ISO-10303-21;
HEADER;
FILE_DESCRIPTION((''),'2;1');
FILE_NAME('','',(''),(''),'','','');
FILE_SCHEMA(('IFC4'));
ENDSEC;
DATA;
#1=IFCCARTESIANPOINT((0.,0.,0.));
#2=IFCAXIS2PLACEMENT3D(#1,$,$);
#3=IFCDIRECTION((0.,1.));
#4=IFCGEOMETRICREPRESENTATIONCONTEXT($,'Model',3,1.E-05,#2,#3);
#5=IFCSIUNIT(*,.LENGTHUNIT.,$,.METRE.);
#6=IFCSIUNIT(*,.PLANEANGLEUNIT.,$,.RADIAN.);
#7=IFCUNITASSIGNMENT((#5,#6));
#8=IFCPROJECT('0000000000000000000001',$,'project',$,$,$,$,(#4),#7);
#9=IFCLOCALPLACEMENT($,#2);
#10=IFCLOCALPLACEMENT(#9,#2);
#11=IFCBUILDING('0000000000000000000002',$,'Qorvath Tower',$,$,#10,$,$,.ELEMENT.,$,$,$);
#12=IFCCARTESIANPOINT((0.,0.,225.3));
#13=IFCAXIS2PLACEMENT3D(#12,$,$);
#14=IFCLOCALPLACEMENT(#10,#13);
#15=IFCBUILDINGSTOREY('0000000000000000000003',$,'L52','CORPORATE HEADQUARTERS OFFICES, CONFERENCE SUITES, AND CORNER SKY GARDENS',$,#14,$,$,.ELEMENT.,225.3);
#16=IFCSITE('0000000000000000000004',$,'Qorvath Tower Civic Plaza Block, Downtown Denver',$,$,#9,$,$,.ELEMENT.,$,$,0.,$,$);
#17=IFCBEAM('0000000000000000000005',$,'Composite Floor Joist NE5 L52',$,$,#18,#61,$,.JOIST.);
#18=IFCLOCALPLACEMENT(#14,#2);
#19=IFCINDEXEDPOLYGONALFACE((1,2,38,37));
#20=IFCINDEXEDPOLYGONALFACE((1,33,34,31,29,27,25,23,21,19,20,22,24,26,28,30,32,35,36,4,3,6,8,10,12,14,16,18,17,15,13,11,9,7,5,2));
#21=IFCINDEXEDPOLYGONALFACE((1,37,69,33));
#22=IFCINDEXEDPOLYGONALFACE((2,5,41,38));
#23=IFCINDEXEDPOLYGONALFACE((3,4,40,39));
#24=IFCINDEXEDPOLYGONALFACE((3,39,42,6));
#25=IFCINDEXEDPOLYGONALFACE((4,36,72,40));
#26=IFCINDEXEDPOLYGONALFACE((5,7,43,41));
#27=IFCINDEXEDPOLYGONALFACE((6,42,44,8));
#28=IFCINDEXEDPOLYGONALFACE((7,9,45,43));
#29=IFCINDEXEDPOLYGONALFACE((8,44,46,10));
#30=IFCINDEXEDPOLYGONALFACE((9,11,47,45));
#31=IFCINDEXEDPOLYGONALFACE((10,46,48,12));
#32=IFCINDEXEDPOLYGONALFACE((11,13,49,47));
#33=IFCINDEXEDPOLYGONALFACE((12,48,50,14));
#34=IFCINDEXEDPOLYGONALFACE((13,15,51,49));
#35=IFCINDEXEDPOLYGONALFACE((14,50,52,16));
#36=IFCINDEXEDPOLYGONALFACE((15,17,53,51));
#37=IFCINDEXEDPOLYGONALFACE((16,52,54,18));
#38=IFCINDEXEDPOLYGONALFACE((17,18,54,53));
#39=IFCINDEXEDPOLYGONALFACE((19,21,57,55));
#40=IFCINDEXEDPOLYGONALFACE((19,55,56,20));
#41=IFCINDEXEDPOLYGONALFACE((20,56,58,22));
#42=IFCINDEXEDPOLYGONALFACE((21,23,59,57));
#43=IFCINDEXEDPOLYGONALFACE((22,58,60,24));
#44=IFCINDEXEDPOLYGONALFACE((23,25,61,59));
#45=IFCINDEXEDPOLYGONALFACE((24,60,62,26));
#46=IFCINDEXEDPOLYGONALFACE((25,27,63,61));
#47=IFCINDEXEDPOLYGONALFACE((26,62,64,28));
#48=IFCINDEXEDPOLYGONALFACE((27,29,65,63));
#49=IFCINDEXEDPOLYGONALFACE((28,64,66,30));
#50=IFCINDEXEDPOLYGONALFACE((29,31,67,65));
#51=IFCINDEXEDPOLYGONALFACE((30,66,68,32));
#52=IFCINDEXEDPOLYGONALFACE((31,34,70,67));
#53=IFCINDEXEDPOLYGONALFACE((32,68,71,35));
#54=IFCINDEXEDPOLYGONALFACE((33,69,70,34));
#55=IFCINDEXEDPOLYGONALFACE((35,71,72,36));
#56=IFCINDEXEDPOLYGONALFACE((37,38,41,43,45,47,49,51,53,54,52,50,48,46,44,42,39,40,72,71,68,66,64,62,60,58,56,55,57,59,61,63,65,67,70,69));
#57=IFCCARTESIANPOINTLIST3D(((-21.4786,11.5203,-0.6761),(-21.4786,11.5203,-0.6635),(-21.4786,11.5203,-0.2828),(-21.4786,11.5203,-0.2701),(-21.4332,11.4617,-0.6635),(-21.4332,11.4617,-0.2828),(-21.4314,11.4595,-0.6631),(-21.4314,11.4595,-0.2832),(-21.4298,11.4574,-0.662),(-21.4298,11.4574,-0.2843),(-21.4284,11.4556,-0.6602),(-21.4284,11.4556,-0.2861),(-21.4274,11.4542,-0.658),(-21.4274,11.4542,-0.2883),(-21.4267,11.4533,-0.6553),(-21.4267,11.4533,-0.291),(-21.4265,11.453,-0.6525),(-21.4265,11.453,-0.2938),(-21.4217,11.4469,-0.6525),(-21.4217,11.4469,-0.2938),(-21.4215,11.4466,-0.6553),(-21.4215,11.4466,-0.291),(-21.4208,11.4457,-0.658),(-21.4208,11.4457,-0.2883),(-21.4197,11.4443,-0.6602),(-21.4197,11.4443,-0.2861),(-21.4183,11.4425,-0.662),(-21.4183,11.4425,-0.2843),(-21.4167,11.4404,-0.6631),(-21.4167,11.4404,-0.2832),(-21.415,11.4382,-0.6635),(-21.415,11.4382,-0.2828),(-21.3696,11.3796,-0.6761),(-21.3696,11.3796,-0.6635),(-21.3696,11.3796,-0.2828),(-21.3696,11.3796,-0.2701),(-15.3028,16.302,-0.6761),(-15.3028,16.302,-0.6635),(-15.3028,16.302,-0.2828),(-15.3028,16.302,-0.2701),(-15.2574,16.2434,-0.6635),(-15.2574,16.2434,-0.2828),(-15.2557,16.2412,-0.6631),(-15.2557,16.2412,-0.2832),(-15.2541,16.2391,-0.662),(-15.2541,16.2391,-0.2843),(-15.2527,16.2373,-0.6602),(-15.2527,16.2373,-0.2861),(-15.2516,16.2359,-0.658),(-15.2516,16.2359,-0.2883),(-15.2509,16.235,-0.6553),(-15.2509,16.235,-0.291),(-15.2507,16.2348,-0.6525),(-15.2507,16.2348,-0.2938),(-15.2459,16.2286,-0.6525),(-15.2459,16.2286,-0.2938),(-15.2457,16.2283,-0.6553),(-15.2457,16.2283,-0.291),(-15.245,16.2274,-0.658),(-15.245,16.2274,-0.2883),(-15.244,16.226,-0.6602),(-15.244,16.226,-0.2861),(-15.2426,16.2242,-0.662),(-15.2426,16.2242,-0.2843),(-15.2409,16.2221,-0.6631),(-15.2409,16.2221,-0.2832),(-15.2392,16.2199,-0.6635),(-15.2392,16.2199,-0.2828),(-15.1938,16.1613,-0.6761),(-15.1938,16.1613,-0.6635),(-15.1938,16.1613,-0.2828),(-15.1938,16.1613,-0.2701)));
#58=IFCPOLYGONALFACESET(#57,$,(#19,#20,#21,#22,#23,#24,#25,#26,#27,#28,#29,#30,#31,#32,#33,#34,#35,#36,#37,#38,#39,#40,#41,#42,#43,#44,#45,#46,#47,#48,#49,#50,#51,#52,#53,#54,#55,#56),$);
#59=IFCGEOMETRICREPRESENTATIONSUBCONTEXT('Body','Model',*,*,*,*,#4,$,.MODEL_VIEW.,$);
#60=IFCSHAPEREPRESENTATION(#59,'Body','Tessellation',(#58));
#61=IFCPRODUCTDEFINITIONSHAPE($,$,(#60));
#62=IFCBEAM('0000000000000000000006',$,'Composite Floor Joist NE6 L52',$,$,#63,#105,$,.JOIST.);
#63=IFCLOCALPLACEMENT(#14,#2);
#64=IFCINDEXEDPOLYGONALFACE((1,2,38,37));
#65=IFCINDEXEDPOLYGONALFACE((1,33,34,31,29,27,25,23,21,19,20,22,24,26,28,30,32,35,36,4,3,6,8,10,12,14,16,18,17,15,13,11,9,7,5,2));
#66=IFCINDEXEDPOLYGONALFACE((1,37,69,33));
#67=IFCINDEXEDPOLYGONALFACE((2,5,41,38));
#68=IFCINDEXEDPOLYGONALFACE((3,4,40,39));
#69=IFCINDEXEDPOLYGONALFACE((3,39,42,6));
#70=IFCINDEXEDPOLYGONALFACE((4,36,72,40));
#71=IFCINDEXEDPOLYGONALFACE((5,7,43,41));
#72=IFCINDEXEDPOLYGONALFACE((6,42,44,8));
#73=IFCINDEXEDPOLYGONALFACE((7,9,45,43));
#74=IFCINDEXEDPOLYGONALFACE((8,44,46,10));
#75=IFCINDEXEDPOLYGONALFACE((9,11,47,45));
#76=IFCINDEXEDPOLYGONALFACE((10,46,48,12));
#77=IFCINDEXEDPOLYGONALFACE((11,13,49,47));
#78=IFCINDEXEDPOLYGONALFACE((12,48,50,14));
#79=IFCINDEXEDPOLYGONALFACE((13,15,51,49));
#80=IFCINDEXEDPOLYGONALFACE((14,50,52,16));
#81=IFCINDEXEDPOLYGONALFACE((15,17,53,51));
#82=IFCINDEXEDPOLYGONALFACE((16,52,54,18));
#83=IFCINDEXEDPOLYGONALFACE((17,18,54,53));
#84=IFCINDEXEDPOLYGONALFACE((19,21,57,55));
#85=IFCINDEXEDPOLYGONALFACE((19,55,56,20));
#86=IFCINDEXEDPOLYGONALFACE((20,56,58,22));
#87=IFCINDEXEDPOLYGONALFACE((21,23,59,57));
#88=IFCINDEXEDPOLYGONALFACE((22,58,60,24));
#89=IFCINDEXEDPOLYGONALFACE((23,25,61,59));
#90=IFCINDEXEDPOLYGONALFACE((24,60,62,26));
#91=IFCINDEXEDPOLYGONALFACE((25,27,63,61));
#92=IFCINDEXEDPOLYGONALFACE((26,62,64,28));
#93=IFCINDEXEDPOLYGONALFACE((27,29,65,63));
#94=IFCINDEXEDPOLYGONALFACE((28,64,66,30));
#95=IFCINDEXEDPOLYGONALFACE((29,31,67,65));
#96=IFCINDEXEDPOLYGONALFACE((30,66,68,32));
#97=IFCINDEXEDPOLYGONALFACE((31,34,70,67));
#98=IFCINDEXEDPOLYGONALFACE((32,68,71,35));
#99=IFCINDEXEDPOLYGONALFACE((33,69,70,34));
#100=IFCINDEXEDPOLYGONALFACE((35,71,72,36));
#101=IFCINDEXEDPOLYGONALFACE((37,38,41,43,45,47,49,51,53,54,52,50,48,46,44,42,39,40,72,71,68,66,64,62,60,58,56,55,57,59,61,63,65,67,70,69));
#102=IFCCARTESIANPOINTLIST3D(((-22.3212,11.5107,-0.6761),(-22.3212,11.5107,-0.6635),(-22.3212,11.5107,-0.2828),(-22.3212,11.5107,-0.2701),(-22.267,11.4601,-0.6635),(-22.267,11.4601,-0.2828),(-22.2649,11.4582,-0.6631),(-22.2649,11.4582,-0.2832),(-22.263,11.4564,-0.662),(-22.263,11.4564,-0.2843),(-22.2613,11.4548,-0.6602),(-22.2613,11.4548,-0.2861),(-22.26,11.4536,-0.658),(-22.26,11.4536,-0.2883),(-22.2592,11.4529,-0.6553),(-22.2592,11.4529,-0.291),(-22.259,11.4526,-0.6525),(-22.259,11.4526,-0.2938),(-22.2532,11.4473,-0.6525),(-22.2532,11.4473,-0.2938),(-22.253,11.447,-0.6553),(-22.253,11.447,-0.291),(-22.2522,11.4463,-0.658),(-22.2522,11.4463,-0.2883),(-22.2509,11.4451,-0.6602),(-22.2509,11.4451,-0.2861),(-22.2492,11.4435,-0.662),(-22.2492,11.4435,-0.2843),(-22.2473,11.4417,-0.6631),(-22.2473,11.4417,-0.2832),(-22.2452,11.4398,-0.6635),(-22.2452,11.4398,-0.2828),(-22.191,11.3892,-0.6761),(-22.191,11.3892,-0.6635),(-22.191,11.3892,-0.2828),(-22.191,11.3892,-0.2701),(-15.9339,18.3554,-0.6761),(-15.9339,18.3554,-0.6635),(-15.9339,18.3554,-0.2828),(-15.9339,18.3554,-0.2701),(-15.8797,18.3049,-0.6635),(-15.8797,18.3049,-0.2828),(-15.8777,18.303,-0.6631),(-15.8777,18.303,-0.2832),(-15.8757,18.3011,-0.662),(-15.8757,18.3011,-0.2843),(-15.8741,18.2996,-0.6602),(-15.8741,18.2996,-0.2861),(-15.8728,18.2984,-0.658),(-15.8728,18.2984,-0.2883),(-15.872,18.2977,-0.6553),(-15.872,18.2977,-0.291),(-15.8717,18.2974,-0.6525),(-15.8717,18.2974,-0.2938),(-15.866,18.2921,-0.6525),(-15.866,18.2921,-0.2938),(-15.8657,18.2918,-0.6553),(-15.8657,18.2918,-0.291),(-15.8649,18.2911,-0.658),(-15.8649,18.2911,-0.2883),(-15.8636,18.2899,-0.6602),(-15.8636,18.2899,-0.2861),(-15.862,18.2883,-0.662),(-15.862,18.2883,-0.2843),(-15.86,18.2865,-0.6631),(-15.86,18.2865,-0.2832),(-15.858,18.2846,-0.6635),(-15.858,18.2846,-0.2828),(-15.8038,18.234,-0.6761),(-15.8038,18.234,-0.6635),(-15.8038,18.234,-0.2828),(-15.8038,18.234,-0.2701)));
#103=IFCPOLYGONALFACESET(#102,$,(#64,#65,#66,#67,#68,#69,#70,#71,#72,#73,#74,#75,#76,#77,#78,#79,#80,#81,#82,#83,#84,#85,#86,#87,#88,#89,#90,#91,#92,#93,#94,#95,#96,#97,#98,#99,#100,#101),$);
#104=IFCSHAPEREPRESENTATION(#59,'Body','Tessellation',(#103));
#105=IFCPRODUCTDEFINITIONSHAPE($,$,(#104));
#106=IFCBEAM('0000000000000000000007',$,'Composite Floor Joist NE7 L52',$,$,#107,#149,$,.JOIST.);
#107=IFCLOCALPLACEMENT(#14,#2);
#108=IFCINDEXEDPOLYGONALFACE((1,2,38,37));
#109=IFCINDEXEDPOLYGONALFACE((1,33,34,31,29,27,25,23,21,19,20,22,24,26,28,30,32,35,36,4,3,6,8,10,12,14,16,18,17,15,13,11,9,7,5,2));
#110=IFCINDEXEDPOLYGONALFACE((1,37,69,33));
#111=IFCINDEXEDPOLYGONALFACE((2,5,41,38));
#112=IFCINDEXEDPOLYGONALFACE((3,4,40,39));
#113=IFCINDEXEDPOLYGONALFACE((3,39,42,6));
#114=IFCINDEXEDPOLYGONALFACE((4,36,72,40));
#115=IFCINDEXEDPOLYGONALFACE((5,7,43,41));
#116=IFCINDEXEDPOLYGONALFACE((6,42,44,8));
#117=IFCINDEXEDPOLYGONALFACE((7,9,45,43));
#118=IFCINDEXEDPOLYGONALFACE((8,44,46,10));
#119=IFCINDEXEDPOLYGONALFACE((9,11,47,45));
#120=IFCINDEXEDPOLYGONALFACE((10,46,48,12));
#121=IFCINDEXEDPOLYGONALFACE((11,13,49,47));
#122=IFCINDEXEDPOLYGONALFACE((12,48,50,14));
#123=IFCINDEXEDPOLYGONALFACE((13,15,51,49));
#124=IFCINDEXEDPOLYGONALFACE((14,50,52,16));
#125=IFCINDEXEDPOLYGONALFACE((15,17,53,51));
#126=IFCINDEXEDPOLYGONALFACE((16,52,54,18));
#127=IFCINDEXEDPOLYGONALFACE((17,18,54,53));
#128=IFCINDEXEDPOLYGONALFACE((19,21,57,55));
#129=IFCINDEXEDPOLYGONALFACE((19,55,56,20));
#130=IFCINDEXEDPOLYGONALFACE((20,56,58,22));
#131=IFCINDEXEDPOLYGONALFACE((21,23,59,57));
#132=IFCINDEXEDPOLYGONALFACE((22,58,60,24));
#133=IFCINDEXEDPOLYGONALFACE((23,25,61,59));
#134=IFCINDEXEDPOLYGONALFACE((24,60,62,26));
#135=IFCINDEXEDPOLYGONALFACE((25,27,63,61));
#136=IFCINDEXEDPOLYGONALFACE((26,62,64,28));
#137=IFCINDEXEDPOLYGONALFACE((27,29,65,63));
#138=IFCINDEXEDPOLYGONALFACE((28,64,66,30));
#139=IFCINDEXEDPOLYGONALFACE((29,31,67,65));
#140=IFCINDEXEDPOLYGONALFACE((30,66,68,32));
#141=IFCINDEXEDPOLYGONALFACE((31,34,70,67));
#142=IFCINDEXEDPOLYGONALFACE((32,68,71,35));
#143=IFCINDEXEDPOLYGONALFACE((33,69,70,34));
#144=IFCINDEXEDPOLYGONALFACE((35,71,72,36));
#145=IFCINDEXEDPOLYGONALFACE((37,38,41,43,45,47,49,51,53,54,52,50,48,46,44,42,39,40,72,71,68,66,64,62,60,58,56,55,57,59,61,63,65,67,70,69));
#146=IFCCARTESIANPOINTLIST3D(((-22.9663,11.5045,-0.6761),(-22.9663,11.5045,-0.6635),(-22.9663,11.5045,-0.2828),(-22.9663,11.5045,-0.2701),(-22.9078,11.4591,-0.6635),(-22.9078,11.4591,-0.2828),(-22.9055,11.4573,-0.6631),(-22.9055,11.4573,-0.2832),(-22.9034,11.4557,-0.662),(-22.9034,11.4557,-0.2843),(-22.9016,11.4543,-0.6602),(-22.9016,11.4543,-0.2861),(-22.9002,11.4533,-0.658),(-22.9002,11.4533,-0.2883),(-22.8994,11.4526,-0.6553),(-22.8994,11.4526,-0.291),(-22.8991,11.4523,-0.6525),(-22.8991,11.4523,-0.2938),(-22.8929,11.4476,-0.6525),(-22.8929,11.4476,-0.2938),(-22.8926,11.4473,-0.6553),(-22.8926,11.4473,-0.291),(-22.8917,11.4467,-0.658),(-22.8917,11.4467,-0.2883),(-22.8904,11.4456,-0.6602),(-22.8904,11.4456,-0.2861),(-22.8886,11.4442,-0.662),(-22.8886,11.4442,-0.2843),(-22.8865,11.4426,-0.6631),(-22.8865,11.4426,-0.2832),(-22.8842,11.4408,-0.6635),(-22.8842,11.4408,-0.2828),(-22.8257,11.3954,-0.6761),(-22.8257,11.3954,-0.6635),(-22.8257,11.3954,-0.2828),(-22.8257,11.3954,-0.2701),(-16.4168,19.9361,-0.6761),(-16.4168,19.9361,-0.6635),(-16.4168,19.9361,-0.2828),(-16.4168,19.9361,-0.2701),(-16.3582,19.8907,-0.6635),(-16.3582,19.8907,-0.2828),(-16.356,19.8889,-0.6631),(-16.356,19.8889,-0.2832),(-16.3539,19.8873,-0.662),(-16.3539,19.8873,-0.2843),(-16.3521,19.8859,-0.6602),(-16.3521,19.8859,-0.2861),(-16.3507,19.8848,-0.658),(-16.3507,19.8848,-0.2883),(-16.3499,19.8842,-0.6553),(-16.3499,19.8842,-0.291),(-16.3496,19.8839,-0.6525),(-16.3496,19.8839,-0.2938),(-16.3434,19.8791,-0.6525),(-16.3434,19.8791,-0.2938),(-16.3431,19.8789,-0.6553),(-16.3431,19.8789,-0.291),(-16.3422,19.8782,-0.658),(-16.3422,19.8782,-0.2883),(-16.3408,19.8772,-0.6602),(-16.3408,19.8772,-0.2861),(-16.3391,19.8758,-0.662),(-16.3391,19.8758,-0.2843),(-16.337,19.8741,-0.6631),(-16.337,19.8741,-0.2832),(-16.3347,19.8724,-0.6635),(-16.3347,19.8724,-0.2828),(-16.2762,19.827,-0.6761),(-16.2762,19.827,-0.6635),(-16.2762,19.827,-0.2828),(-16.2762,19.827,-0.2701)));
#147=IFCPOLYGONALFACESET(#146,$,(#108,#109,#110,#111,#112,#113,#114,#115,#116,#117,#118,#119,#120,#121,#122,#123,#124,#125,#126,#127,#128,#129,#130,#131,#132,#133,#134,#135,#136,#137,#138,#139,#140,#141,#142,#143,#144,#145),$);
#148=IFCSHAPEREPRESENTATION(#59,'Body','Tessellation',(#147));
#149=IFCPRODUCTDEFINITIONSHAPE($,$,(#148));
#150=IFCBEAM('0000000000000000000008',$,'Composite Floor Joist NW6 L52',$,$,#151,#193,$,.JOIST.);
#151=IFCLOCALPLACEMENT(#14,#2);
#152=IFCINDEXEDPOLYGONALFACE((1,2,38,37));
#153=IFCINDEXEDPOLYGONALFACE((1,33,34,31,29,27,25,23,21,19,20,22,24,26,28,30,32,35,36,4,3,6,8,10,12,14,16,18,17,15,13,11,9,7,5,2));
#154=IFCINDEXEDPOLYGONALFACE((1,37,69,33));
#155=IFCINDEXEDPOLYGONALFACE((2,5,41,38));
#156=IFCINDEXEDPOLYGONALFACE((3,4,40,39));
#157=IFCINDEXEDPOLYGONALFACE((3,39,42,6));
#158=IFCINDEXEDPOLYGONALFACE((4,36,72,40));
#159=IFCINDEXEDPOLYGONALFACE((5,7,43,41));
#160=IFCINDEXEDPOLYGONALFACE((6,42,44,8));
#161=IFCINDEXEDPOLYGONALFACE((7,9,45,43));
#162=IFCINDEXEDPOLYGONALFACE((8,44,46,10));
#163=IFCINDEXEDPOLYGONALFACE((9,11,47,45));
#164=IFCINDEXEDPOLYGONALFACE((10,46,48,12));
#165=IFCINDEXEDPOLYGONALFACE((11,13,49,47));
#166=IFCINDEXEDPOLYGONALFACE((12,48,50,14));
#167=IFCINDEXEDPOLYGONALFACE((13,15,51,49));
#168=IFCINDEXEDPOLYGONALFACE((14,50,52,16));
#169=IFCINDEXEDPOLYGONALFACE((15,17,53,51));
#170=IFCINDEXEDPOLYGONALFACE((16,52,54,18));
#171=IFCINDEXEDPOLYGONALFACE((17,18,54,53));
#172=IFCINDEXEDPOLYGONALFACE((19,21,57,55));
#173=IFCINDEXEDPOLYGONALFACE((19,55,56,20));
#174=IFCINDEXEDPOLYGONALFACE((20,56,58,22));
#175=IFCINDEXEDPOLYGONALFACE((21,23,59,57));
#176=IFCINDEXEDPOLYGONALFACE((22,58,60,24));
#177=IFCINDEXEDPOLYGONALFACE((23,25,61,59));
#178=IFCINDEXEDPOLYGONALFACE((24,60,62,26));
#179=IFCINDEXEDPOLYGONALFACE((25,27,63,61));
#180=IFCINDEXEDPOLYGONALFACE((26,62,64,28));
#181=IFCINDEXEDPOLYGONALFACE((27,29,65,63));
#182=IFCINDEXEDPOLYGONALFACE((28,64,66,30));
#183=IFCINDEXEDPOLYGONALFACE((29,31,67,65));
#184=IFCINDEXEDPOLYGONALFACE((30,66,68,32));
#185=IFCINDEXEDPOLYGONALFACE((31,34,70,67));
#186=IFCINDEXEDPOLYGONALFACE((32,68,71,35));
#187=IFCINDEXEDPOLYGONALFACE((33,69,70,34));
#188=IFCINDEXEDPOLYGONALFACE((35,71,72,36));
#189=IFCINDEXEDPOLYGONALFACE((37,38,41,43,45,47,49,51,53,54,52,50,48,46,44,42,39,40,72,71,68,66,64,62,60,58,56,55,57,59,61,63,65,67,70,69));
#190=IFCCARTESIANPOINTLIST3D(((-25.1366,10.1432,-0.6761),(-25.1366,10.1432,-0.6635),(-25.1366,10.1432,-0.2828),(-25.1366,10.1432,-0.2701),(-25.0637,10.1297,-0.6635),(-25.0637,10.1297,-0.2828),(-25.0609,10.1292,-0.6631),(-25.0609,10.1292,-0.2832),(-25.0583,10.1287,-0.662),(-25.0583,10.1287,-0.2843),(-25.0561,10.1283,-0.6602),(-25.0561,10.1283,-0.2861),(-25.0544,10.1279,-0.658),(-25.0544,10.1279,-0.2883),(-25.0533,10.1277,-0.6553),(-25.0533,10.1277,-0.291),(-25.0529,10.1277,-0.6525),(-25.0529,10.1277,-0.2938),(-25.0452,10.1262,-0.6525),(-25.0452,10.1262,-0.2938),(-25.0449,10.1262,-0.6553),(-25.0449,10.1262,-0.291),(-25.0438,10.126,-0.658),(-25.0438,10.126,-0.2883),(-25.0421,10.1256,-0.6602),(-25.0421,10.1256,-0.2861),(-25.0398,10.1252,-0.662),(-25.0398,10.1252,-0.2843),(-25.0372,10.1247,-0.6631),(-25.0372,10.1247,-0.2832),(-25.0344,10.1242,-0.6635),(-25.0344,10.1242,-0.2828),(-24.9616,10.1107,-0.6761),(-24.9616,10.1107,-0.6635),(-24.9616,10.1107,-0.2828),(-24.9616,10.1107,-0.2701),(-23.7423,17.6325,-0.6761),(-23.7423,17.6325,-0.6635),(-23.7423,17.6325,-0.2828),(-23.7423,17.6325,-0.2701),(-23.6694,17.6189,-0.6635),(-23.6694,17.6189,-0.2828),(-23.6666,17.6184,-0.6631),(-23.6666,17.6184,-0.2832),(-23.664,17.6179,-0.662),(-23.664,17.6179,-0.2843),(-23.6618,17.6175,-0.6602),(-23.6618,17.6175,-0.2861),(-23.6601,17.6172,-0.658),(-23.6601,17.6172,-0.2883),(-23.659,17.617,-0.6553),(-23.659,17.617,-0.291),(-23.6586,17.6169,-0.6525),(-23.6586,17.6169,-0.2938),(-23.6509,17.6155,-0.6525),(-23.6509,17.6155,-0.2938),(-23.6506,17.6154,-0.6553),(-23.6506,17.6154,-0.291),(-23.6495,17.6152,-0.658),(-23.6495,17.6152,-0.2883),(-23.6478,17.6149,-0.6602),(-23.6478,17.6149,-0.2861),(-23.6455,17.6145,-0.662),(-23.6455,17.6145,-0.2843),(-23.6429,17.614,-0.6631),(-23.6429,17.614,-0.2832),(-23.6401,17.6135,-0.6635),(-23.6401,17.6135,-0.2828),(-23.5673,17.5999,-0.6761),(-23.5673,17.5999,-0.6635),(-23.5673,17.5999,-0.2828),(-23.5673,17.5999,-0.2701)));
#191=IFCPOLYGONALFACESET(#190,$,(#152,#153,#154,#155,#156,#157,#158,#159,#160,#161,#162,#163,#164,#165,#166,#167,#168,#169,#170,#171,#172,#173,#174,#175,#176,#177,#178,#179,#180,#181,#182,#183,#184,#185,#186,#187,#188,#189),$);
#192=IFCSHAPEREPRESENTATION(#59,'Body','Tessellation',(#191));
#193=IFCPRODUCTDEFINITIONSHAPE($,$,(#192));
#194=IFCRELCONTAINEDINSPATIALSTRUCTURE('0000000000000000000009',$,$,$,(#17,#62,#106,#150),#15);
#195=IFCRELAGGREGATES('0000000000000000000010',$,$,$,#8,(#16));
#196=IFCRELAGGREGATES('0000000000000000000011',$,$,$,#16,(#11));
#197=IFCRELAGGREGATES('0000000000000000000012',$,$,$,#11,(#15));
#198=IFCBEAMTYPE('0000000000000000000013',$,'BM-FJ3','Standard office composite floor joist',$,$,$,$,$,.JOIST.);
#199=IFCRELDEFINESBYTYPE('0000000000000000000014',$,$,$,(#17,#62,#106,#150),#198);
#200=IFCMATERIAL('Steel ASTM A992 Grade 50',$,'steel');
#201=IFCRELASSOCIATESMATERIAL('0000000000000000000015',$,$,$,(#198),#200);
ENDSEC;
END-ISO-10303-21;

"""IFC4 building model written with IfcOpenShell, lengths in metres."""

from ifc_helpers import new_model, si_unit, direction, frame, origin, origin_2d, place, context, subcontext, project, spatial, i_section, extrude, material, material_profile, profile_set, type_object, element, save


model = new_model("IFC4")

# Units and contexts
model_context = context("Model", 3, precision=1e-05, world=origin(), true_north=direction((0.0, 1.0)))
body_context = subcontext(model_context, "Body", "Model", "MODEL_VIEW")
ifc_project = project(units=[si_unit("LENGTHUNIT", "METRE"), si_unit("PLANEANGLEUNIT", "RADIAN")], contexts=[model_context])

# Site, building, storey
site_placement = place(None, origin())
site = spatial("IfcSite", under=ifc_project, at=site_placement, Name="Qorvath Tower Civic Plaza Block, Downtown Denver", CompositionType="ELEMENT", RefElevation=0.0)
building_placement = place(site_placement, origin())
building = spatial("IfcBuilding", under=site, at=building_placement, Name="Qorvath Tower", CompositionType="ELEMENT")
storey_placement = place(building_placement, frame((0.0, 0.0, 225.3)))
storey = spatial("IfcBuildingStorey", under=building, at=storey_placement, Name="L52", Description="CORPORATE HEADQUARTERS OFFICES, CONFERENCE SUITES, AND CORNER SKY GARDENS", CompositionType="ELEMENT", Elevation=225.3)

# Beams
ifc_material_1 = material(Name="Steel ASTM A992 Grade 50", Category="steel")
ifc_material_profile_1 = material_profile(ifc_material_1, i_section(OverallWidth=0.178, OverallDepth=0.406, WebThickness=0.0078, FlangeThickness=0.0127, FilletRadius=0.011, at=origin_2d()), Name="W16x40")
ifc_profile_set_1 = profile_set([ifc_material_profile_1], Name="Steel ASTM A992 Grade 50")
beam_type_1 = type_object("IfcBeamType", Name="BM-FJ3", Description="Standard office composite floor joist", PredefinedType="JOIST", material=ifc_profile_set_1)
beam_1_placement = place(storey_placement, frame((-21.4241, 11.45, -0.4731), z_axis=(0.790693, 0.612212, 0.0), x_axis=(-0.612212, 0.790693, 0.0)))
element("IfcBeam", 1, at=beam_1_placement, inside=storey, type_object=beam_type_1, Name="Composite Floor Joist NE5 L52", PredefinedType="JOIST", context=body_context, shape_type="SweptSolid", body=[
    extrude(i_section(OverallWidth=0.178, OverallDepth=0.406, WebThickness=0.0078, FlangeThickness=0.0127, FilletRadius=0.011, at=origin_2d()), origin(), (0.0, 0.0, 1.0), 7.8105),
])
beam_2_placement = place(storey_placement, frame((-22.2561, 11.45, -0.4731), z_axis=(0.682249, 0.731119, 0.0), x_axis=(-0.731119, 0.682249, 0.0)))
element("IfcBeam", 2, at=beam_2_placement, inside=storey, type_object=beam_type_1, Name="Composite Floor Joist NE6 L52", PredefinedType="JOIST", context=body_context, shape_type="SweptSolid", body=[
    extrude(i_section(OverallWidth=0.178, OverallDepth=0.406, WebThickness=0.0078, FlangeThickness=0.0127, FilletRadius=0.011, at=origin_2d()), origin(), (0.0, 0.0, 1.0), 9.3621),
])
beam_3_placement = place(storey_placement, frame((-22.896, 11.45, -0.4731), z_axis=(0.613451, 0.789733, 0.0), x_axis=(-0.789733, 0.613451, 0.0)))
element("IfcBeam", 3, at=beam_3_placement, inside=storey, type_object=beam_type_1, Name="Composite Floor Joist NE7 L52", PredefinedType="JOIST", context=body_context, shape_type="SweptSolid", body=[
    extrude(i_section(OverallWidth=0.178, OverallDepth=0.406, WebThickness=0.0078, FlangeThickness=0.0127, FilletRadius=0.011, at=origin_2d()), origin(), (0.0, 0.0, 1.0), 10.6765),
])
beam_4_placement = place(storey_placement, frame((-25.0491, 10.127, -0.4731), z_axis=(0.183027, 0.983108, 0.0), x_axis=(-0.983108, 0.183027, 0.0)))
element("IfcBeam", 4, at=beam_4_placement, inside=storey, type_object=beam_type_1, Name="Composite Floor Joist NW6 L52", PredefinedType="JOIST", context=body_context, shape_type="SweptSolid", body=[
    extrude(i_section(OverallWidth=0.178, OverallDepth=0.406, WebThickness=0.0078, FlangeThickness=0.0127, FilletRadius=0.011, at=origin_2d()), origin(), (0.0, 0.0, 1.0), 7.6179),
])

save(model, "model.ifc")
